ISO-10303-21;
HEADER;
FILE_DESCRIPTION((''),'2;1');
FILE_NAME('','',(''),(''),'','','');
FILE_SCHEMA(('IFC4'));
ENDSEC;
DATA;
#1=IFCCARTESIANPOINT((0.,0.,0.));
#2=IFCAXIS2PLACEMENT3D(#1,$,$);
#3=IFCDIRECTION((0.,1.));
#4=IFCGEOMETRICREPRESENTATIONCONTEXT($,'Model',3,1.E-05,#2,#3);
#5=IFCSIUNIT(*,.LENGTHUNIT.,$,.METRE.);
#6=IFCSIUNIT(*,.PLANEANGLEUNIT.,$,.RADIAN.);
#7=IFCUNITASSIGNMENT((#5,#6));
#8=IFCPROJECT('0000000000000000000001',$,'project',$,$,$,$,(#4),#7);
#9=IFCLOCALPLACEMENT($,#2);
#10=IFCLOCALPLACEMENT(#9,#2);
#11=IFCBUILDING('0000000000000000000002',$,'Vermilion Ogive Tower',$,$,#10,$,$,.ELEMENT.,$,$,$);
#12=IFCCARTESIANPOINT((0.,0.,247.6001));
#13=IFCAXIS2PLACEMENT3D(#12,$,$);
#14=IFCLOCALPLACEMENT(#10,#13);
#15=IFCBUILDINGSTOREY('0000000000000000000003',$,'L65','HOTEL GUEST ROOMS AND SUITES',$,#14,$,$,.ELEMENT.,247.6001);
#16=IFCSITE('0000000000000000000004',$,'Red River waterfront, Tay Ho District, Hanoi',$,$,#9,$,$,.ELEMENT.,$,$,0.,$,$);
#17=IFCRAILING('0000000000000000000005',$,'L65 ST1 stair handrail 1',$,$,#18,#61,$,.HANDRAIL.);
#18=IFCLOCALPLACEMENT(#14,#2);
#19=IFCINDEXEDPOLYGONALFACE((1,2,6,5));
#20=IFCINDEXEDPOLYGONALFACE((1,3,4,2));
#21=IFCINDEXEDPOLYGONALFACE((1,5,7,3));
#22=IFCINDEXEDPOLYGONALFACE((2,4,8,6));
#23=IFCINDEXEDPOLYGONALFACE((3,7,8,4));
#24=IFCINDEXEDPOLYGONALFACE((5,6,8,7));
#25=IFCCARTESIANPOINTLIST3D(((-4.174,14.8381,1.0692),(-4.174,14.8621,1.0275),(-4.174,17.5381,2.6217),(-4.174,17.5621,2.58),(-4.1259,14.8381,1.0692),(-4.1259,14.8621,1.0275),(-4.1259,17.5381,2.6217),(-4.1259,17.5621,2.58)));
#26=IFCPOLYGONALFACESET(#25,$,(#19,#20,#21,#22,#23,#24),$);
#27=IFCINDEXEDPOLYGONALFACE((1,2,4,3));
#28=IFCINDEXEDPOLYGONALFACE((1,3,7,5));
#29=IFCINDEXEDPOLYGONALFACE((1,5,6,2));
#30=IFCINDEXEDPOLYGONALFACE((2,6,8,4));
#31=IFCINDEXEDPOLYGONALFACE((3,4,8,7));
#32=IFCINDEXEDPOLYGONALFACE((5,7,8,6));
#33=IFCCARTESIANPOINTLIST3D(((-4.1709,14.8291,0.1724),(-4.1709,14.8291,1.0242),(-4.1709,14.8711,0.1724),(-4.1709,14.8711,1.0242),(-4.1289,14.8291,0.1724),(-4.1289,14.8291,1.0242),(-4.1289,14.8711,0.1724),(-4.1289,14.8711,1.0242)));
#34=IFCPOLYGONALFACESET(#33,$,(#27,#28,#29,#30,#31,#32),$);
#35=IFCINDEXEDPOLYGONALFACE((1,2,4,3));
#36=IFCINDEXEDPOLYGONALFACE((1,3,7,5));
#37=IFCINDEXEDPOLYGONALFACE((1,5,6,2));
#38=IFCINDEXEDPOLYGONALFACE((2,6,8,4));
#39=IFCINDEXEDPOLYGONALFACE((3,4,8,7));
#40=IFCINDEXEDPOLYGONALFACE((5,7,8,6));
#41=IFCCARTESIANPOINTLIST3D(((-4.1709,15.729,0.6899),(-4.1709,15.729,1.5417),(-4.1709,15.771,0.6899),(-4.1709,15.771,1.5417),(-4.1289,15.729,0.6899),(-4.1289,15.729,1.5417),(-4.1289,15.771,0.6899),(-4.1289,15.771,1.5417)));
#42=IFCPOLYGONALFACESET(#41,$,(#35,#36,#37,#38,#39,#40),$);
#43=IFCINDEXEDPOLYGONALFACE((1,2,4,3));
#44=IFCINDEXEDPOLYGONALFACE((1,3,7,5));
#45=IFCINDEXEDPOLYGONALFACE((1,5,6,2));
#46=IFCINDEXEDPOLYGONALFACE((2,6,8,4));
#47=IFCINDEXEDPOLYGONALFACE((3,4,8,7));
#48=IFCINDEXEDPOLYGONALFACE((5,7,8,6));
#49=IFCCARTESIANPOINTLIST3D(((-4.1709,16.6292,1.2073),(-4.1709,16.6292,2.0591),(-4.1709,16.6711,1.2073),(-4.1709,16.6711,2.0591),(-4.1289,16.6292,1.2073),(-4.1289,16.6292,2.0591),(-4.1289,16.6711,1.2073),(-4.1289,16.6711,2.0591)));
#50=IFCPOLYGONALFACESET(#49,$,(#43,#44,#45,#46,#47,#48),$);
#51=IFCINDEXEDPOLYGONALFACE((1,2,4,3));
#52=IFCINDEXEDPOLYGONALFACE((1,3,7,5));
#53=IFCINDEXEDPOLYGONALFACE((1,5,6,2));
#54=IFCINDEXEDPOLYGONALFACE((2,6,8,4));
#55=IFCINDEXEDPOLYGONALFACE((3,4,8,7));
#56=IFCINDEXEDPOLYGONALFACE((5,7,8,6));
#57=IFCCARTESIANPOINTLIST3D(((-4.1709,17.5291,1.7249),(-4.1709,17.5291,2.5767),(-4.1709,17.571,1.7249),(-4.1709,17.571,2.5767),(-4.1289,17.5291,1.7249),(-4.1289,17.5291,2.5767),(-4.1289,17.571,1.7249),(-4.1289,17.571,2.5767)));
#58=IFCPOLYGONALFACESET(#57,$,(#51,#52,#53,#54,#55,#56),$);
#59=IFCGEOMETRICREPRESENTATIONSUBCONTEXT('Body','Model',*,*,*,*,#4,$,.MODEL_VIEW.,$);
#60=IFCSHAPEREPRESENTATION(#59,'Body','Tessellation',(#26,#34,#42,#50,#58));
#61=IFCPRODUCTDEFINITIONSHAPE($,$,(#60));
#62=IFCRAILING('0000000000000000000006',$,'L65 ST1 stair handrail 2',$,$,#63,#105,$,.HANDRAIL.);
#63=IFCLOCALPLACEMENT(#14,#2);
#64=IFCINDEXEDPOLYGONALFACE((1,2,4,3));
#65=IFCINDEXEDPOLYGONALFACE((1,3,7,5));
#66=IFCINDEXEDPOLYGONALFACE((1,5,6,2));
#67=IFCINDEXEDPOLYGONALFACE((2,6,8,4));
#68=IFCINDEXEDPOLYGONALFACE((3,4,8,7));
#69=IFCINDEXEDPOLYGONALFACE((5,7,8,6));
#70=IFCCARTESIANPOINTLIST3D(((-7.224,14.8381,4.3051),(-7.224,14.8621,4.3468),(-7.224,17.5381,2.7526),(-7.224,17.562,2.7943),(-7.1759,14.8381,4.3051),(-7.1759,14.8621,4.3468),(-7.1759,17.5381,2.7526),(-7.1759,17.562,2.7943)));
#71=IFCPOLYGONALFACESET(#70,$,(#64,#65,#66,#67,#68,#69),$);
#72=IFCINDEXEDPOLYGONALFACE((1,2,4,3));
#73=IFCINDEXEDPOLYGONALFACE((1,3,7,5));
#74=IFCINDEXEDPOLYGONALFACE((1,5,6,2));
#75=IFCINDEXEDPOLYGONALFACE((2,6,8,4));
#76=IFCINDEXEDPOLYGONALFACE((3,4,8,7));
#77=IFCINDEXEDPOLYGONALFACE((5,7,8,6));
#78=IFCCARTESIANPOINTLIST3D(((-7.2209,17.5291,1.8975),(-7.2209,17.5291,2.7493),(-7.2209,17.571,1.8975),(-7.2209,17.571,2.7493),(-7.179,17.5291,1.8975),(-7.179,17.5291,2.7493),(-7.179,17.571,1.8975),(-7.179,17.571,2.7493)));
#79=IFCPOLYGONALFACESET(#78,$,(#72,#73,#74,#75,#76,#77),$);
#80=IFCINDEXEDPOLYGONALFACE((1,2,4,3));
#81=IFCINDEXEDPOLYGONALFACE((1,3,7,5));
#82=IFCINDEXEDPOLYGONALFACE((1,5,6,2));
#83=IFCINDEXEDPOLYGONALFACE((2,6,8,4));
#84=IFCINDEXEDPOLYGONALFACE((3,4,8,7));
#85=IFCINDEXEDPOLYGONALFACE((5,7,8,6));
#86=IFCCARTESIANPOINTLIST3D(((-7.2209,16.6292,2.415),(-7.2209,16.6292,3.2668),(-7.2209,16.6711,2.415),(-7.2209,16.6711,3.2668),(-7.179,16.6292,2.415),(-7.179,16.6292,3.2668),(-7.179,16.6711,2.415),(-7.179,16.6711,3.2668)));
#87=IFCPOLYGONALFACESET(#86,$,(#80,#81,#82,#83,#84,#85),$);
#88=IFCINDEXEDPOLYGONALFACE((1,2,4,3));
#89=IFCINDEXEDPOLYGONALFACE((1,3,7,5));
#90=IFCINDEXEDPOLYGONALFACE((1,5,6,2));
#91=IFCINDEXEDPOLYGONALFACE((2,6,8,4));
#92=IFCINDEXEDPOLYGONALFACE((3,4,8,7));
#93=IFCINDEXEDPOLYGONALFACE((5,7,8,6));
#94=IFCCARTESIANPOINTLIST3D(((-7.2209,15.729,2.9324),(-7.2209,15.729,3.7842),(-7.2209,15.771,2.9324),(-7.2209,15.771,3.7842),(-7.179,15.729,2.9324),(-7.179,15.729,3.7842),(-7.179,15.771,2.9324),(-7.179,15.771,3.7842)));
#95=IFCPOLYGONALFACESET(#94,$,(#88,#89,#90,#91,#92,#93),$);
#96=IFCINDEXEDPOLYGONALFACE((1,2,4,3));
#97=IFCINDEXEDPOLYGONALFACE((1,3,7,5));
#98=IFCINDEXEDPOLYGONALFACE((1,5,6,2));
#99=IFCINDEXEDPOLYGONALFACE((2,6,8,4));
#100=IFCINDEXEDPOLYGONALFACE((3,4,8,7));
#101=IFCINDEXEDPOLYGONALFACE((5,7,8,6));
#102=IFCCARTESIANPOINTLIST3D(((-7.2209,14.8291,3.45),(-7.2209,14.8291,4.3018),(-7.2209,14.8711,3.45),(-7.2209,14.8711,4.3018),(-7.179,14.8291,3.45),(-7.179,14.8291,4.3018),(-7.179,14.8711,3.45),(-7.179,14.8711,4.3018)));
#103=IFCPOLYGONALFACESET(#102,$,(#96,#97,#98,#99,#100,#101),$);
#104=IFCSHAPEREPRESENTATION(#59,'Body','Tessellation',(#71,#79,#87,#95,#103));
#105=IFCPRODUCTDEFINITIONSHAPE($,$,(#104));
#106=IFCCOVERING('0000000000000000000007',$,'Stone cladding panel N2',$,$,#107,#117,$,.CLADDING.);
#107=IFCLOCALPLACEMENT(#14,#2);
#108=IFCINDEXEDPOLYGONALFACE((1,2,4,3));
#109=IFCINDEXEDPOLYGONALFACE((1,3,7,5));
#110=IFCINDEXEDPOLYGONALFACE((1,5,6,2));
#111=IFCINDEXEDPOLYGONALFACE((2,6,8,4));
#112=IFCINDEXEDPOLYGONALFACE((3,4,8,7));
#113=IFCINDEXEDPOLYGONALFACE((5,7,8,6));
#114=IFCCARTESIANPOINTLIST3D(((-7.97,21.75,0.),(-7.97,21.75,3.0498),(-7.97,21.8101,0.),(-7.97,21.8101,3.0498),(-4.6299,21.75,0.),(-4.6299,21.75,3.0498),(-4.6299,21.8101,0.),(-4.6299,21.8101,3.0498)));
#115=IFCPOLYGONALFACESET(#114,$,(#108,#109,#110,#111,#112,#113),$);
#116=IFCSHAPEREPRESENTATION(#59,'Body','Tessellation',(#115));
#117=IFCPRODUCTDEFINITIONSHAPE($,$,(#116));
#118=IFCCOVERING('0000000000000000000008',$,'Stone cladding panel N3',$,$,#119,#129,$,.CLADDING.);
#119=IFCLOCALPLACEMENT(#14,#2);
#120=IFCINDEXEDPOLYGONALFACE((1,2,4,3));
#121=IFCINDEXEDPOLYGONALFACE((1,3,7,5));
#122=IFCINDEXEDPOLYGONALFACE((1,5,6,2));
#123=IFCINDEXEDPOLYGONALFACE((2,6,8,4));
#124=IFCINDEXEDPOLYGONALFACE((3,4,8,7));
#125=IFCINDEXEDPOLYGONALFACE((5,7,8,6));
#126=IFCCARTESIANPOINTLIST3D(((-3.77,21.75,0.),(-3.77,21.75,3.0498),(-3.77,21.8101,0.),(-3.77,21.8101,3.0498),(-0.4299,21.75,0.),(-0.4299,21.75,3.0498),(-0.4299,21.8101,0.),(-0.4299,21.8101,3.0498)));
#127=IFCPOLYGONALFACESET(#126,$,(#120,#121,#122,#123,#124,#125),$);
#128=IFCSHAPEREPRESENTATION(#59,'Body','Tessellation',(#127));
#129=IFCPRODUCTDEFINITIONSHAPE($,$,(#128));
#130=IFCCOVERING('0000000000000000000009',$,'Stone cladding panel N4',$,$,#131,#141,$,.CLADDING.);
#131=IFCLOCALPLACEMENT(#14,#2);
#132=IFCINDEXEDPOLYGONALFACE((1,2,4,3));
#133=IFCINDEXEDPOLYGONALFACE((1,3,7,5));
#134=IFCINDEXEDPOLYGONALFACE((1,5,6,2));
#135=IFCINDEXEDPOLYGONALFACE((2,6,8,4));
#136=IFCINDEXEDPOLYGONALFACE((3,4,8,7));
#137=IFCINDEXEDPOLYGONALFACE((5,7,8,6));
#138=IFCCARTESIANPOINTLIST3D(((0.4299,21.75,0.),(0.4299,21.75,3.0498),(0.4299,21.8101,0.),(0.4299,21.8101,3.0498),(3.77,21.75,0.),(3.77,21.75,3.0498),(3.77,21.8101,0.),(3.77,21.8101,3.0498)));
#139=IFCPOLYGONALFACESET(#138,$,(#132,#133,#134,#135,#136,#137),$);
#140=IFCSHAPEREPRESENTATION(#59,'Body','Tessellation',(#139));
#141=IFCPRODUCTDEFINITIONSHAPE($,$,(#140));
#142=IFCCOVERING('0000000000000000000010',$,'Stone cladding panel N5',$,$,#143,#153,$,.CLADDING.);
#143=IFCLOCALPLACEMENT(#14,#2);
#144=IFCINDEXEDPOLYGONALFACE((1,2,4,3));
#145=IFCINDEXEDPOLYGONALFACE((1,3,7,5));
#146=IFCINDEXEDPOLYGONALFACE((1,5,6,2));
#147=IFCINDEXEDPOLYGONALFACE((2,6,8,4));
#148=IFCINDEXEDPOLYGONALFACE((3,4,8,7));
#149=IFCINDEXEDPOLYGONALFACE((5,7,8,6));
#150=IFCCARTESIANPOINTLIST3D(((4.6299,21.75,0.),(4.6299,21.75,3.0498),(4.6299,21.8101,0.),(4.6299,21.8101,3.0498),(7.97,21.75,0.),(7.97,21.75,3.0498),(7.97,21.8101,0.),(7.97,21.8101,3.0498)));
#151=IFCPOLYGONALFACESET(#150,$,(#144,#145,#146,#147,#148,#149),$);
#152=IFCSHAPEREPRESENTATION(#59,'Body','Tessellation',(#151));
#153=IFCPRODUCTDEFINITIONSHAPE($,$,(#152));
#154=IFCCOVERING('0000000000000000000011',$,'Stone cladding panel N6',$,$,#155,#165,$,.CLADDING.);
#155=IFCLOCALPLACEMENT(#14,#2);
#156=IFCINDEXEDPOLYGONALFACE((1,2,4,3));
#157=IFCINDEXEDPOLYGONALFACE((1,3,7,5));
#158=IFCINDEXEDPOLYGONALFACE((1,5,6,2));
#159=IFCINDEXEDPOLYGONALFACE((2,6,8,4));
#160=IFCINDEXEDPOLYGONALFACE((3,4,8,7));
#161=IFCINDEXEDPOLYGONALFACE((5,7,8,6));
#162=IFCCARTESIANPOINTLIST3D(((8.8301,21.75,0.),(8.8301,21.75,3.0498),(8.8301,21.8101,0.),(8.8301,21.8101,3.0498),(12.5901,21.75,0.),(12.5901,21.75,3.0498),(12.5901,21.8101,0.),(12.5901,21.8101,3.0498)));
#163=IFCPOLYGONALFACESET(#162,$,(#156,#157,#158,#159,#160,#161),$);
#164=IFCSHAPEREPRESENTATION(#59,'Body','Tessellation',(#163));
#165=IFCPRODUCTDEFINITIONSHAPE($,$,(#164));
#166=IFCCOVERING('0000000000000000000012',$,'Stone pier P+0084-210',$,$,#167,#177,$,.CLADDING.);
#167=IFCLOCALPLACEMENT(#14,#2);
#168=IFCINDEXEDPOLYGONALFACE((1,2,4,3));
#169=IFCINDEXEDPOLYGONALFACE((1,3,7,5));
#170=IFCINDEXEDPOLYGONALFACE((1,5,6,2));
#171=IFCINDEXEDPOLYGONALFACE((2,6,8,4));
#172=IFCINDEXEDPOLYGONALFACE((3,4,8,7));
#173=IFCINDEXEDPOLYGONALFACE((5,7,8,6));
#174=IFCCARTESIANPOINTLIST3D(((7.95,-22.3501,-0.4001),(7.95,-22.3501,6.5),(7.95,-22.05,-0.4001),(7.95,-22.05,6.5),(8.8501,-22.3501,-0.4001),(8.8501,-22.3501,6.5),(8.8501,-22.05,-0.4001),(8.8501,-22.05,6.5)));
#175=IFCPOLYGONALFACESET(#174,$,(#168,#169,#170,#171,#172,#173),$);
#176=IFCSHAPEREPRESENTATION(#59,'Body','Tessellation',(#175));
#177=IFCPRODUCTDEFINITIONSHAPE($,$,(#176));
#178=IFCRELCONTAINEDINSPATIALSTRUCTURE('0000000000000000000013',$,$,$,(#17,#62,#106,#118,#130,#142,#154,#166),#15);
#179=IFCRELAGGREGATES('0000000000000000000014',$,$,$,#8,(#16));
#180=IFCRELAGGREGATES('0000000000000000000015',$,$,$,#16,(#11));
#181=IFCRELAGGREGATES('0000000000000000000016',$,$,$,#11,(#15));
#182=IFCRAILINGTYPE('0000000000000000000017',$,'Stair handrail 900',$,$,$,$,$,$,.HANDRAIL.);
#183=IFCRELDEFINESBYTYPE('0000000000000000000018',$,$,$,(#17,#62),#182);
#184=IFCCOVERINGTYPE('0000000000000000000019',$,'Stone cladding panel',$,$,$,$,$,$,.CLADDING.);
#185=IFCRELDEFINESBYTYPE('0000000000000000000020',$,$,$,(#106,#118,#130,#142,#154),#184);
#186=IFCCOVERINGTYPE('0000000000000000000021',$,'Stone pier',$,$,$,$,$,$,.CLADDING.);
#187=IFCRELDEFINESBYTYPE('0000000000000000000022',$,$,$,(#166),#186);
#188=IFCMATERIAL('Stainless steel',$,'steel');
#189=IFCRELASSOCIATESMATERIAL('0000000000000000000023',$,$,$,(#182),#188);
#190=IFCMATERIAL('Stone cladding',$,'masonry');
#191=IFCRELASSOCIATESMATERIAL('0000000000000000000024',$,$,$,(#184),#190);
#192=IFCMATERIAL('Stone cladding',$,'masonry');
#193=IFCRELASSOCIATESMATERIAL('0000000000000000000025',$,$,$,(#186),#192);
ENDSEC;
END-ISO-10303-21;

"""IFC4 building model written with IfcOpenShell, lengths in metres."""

from ifc_helpers import new_model, si_unit, direction, frame, origin, origin_2d, place, context, subcontext, project, spatial, polyline, rectangle, outline, extrude, material, type_object, element, save


model = new_model("IFC4")

# Units and contexts
model_context = context("Model", 3, precision=1e-05, world=origin(), true_north=direction((0.0, 1.0)))
body_context = subcontext(model_context, "Body", "Model", "MODEL_VIEW")
ifc_project = project(units=[si_unit("LENGTHUNIT", "METRE"), si_unit("PLANEANGLEUNIT", "RADIAN")], contexts=[model_context])

# Site, building, storey
site_placement = place(None, origin())
site = spatial("IfcSite", under=ifc_project, at=site_placement, Name="Red River waterfront, Tay Ho District, Hanoi", CompositionType="ELEMENT", RefElevation=0.0)
building_placement = place(site_placement, origin())
building = spatial("IfcBuilding", under=site, at=building_placement, Name="Vermilion Ogive Tower", CompositionType="ELEMENT")
storey_placement = place(building_placement, frame((0.0, 0.0, 247.6001)))
storey = spatial("IfcBuildingStorey", under=building, at=storey_placement, Name="L65", Description="HOTEL GUEST ROOMS AND SUITES", CompositionType="ELEMENT", Elevation=247.6001)

# Railings
ifc_material_1 = material(Name="Stainless steel", Category="steel")
railing_type_1 = type_object("IfcRailingType", Name="Stair handrail 900", PredefinedType="HANDRAIL", material=ifc_material_1)
railing_1_placement = place(storey_placement, frame((-4.1499, 14.8501, 0.1724)))
element("IfcRailing", 1, at=railing_1_placement, inside=storey, type_object=railing_type_1, Name="L65 ST1 stair handrail 1", PredefinedType="HANDRAIL", context=body_context, shape_type="SweptSolid", body=[
    extrude(rectangle(XDim=0.0481, YDim=0.0481, at=origin_2d()), frame((0.0, 0.0, 0.876), z_axis=(0.0, 0.866904, 0.498476), x_axis=(-1.0, 0.0, 0.0)), (0.0, 0.0, 1.0), 3.1145),
    extrude(rectangle(XDim=0.042, YDim=0.042, at=origin_2d()), origin(), (0.0, 0.0, 1.0), 0.8518),
    extrude(rectangle(XDim=0.042, YDim=0.042, at=origin_2d()), frame((0.0, 0.8999, 0.5176)), (0.0, 0.0, 1.0), 0.8518),
    extrude(rectangle(XDim=0.042, YDim=0.042, at=origin_2d()), frame((0.0, 1.8, 1.0349)), (0.0, 0.0, 1.0), 0.8518),
    extrude(rectangle(XDim=0.042, YDim=0.042, at=origin_2d()), frame((0.0, 2.7, 1.5525)), (0.0, 0.0, 1.0), 0.8518),
])
railing_2_placement = place(storey_placement, frame((-7.2, 17.55, 1.8975)))
element("IfcRailing", 2, at=railing_2_placement, inside=storey, type_object=railing_type_1, Name="L65 ST1 stair handrail 2", PredefinedType="HANDRAIL", context=body_context, shape_type="SweptSolid", body=[
    extrude(rectangle(XDim=0.0481, YDim=0.0481, at=origin_2d()), frame((0.0, 0.0, 0.876), z_axis=(0.0, -0.866904, 0.498476), x_axis=(1.0, 0.0, 0.0)), (0.0, 0.0, 1.0), 3.1145),
    extrude(rectangle(XDim=0.042, YDim=0.042, at=origin_2d()), origin(), (0.0, 0.0, 1.0), 0.8518),
    extrude(rectangle(XDim=0.042, YDim=0.042, at=origin_2d()), frame((0.0, -0.8999, 0.5176)), (0.0, 0.0, 1.0), 0.8518),
    extrude(rectangle(XDim=0.042, YDim=0.042, at=origin_2d()), frame((0.0, -1.8, 1.0349)), (0.0, 0.0, 1.0), 0.8518),
    extrude(rectangle(XDim=0.042, YDim=0.042, at=origin_2d()), frame((0.0, -2.7, 1.5525)), (0.0, 0.0, 1.0), 0.8518),
])

# Coverings
ifc_material_2 = material(Name="Stone cladding", Category="masonry")
covering_type_1 = type_object("IfcCoveringType", Name="Stone cladding panel", PredefinedType="CLADDING", material=ifc_material_2)
covering_1_placement = place(storey_placement, origin())
element("IfcCovering", 3, at=covering_1_placement, inside=storey, type_object=covering_type_1, Name="Stone cladding panel N2", PredefinedType="CLADDING", context=body_context, shape_type="SweptSolid", body=[
    extrude(outline(polyline([(-7.97, 21.75), (-4.6299, 21.75), (-4.6299, 21.8101), (-7.97, 21.8101), (-7.97, 21.75)])), origin(), (0.0, 0.0, 1.0), 3.0498),
])
covering_2_placement = place(storey_placement, origin())
element("IfcCovering", 4, at=covering_2_placement, inside=storey, type_object=covering_type_1, Name="Stone cladding panel N3", PredefinedType="CLADDING", context=body_context, shape_type="SweptSolid", body=[
    extrude(outline(polyline([(-3.77, 21.75), (-0.4299, 21.75), (-0.4299, 21.8101), (-3.77, 21.8101), (-3.77, 21.75)])), origin(), (0.0, 0.0, 1.0), 3.0498),
])
covering_3_placement = place(storey_placement, origin())
element("IfcCovering", 5, at=covering_3_placement, inside=storey, type_object=covering_type_1, Name="Stone cladding panel N4", PredefinedType="CLADDING", context=body_context, shape_type="SweptSolid", body=[
    extrude(outline(polyline([(0.4299, 21.75), (3.77, 21.75), (3.77, 21.8101), (0.4299, 21.8101), (0.4299, 21.75)])), origin(), (0.0, 0.0, 1.0), 3.0498),
])
covering_4_placement = place(storey_placement, origin())
element("IfcCovering", 6, at=covering_4_placement, inside=storey, type_object=covering_type_1, Name="Stone cladding panel N5", PredefinedType="CLADDING", context=body_context, shape_type="SweptSolid", body=[
    extrude(outline(polyline([(4.6299, 21.75), (7.97, 21.75), (7.97, 21.8101), (4.6299, 21.8101), (4.6299, 21.75)])), origin(), (0.0, 0.0, 1.0), 3.0498),
])
covering_5_placement = place(storey_placement, origin())
element("IfcCovering", 7, at=covering_5_placement, inside=storey, type_object=covering_type_1, Name="Stone cladding panel N6", PredefinedType="CLADDING", context=body_context, shape_type="SweptSolid", body=[
    extrude(outline(polyline([(8.8301, 21.75), (12.5901, 21.75), (12.5901, 21.8101), (8.8301, 21.8101), (8.8301, 21.75)])), origin(), (0.0, 0.0, 1.0), 3.0498),
])
ifc_material_3 = material(Name="Stone cladding", Category="masonry")
covering_type_2 = type_object("IfcCoveringType", Name="Stone pier", PredefinedType="CLADDING", material=ifc_material_3)
covering_6_placement = place(storey_placement, frame((0.0, 0.0, -0.4001)))
element("IfcCovering", 8, at=covering_6_placement, inside=storey, type_object=covering_type_2, Name="Stone pier P+0084-210", PredefinedType="CLADDING", context=body_context, shape_type="SweptSolid", body=[
    extrude(outline(polyline([(8.8501, -22.3501), (7.95, -22.3501), (7.95, -22.05), (8.8501, -22.05), (8.8501, -22.3501)])), origin(), (0.0, 0.0, 1.0), 6.9001),
])

save(model, "model.ifc")
